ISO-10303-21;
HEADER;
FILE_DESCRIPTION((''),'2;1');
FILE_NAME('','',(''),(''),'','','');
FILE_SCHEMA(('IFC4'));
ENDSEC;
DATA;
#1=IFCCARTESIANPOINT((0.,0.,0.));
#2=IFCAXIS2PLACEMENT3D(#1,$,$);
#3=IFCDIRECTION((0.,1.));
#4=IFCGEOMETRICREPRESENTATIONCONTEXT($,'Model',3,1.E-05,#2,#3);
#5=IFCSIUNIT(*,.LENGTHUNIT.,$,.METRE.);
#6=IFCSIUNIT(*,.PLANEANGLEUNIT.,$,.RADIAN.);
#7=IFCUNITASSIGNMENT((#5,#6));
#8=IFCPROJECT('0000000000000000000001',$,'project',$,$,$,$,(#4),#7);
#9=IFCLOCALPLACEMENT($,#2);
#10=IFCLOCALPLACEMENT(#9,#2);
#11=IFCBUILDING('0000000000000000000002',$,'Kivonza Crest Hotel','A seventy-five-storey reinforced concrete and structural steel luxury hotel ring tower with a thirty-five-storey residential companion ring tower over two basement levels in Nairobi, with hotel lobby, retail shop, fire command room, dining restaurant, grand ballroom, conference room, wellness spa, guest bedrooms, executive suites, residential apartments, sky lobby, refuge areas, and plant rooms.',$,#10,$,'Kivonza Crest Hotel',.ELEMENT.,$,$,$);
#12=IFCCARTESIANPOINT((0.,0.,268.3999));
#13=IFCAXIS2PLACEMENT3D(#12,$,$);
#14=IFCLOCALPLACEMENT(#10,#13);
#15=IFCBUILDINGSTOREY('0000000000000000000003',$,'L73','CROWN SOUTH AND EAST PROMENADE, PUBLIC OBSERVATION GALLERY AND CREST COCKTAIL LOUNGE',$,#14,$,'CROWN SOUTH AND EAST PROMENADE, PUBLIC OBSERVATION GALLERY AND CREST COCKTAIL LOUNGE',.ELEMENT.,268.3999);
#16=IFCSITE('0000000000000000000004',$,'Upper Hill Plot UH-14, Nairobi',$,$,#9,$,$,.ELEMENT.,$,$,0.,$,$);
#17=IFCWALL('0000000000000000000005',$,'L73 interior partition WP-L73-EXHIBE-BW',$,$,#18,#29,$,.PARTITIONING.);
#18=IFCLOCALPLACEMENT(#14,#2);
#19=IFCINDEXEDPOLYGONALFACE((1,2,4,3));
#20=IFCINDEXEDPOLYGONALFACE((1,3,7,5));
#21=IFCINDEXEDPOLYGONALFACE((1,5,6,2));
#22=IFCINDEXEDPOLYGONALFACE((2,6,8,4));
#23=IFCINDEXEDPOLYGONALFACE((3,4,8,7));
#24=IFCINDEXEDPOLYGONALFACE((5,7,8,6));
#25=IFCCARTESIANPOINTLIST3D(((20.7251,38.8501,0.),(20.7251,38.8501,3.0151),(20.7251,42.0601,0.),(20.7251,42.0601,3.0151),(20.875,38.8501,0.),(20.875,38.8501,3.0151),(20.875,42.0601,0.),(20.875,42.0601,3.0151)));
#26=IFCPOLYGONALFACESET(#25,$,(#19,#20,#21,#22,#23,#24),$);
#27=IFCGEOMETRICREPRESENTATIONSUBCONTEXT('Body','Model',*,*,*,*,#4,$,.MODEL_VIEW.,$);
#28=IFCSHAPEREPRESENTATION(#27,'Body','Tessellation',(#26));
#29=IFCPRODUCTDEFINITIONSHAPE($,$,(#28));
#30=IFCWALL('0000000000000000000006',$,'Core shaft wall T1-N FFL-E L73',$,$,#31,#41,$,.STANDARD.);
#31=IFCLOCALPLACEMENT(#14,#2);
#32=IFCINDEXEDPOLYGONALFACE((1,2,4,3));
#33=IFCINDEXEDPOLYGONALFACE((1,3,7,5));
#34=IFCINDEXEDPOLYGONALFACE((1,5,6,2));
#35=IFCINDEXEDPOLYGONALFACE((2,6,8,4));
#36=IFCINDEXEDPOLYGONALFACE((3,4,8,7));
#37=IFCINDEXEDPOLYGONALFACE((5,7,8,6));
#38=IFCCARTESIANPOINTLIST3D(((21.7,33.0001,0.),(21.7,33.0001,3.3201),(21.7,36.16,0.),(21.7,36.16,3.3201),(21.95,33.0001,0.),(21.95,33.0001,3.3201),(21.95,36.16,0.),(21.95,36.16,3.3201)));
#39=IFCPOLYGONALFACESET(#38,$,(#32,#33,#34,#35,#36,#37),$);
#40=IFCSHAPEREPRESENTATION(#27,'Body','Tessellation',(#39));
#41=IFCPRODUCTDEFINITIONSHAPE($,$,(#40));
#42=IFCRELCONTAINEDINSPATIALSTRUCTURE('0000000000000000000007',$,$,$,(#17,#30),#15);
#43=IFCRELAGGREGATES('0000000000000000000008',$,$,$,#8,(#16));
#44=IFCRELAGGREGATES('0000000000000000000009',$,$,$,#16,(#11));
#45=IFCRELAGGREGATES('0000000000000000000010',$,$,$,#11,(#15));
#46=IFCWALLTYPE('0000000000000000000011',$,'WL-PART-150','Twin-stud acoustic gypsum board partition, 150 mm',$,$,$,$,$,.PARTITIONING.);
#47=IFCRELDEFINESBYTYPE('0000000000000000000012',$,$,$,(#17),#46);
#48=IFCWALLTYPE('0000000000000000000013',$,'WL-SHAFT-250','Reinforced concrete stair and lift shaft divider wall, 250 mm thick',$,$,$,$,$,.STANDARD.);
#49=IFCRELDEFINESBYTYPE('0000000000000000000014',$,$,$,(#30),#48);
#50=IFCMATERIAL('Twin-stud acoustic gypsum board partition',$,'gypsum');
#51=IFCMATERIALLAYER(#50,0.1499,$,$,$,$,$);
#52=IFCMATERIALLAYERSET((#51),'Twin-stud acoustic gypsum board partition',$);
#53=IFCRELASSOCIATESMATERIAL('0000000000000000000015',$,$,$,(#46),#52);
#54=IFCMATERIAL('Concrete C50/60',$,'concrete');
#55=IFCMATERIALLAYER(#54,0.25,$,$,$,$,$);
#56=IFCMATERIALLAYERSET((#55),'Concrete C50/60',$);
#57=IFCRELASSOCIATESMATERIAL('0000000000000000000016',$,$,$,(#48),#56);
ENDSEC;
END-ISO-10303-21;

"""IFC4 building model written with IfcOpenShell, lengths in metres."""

from ifc_helpers import new_model, si_unit, direction, frame, frame_2d, origin, place, context, subcontext, project, spatial, rectangle, extrude, material, layer, layer_set, type_object, element, save


model = new_model("IFC4")

# Units and contexts
model_context = context("Model", 3, precision=1e-05, world=origin(), true_north=direction((0.0, 1.0)))
body_context = subcontext(model_context, "Body", "Model", "MODEL_VIEW")
ifc_project = project(units=[si_unit("LENGTHUNIT", "METRE"), si_unit("PLANEANGLEUNIT", "RADIAN")], contexts=[model_context])

# Site, building, storey
site_placement = place(None, origin())
site = spatial("IfcSite", under=ifc_project, at=site_placement, Name="Upper Hill Plot UH-14, Nairobi", CompositionType="ELEMENT", RefElevation=0.0)
building_placement = place(site_placement, origin())
building = spatial("IfcBuilding", under=site, at=building_placement, Name="Kivonza Crest Hotel", Description="A seventy-five-storey reinforced concrete and structural steel luxury hotel ring tower with a thirty-five-storey residential companion ring tower over two basement levels in Nairobi, with hotel lobby, retail shop, fire command room, dining restaurant, grand ballroom, conference room, wellness spa, guest bedrooms, executive suites, residential apartments, sky lobby, refuge areas, and plant rooms.", LongName="Kivonza Crest Hotel", CompositionType="ELEMENT")
storey_placement = place(building_placement, frame((0.0, 0.0, 268.3999)))
storey = spatial("IfcBuildingStorey", under=building, at=storey_placement, Name="L73", Description="CROWN SOUTH AND EAST PROMENADE, PUBLIC OBSERVATION GALLERY AND CREST COCKTAIL LOUNGE", LongName="CROWN SOUTH AND EAST PROMENADE, PUBLIC OBSERVATION GALLERY AND CREST COCKTAIL LOUNGE", CompositionType="ELEMENT", Elevation=268.3999)

# Shared definitions
ifc_material_1 = material(Name="Concrete C50/60", Category="concrete")

# Wall
ifc_material_2 = material(Name="Twin-stud acoustic gypsum board partition", Category="gypsum")
ifc_layer_1 = layer(ifc_material_2, 0.1499)
ifc_layer_set_1 = layer_set([ifc_layer_1], Name="Twin-stud acoustic gypsum board partition")
wall_type_1 = type_object("IfcWallType", Name="WL-PART-150", Description="Twin-stud acoustic gypsum board partition, 150 mm", PredefinedType="PARTITIONING", material=ifc_layer_set_1)
for number, where, z_axis, x_axis, name in (
    (1, (20.8, 38.8501, 0.0), (0.0, 0.0, 1.0), (0.0, 1.0, 0.0), "L73 interior partition WP-L73-EXHIBE-BW"),
):
    element("IfcWall", number, at=place(storey_placement, frame(where, z_axis=z_axis, x_axis=x_axis)), inside=storey, type_object=wall_type_1, Name=name, PredefinedType="PARTITIONING", context=body_context, shape_type="SweptSolid", body=[
        extrude(rectangle(XDim=3.21, YDim=0.1499, at=frame_2d((1.605, 0.0))), origin(), (0.0, 0.0, 1.0), 3.0151),
    ])

# Shared definitions
ifc_layer_2 = layer(ifc_material_1, 0.25)
ifc_layer_set_2 = layer_set([ifc_layer_2], Name="Concrete C50/60")
wall_type_2 = type_object("IfcWallType", Name="WL-SHAFT-250", Description="Reinforced concrete stair and lift shaft divider wall, 250 mm thick", PredefinedType="STANDARD", material=ifc_layer_set_2)

# Wall
wall_1_placement = place(storey_placement, frame((21.825, 33.0, 0.0), z_axis=(0.0, 0.0, 1.0), x_axis=(0.0, 1.0, 0.0)))
element("IfcWall", 2, at=wall_1_placement, inside=storey, type_object=wall_type_2, Name="Core shaft wall T1-N FFL-E L73", PredefinedType="STANDARD", context=body_context, shape_type="SweptSolid", body=[
    extrude(rectangle(XDim=3.1599, YDim=0.25, at=frame_2d((1.5801, 0.0))), origin(), (0.0, 0.0, 1.0), 3.3201),
])

save(model, "model.ifc")
